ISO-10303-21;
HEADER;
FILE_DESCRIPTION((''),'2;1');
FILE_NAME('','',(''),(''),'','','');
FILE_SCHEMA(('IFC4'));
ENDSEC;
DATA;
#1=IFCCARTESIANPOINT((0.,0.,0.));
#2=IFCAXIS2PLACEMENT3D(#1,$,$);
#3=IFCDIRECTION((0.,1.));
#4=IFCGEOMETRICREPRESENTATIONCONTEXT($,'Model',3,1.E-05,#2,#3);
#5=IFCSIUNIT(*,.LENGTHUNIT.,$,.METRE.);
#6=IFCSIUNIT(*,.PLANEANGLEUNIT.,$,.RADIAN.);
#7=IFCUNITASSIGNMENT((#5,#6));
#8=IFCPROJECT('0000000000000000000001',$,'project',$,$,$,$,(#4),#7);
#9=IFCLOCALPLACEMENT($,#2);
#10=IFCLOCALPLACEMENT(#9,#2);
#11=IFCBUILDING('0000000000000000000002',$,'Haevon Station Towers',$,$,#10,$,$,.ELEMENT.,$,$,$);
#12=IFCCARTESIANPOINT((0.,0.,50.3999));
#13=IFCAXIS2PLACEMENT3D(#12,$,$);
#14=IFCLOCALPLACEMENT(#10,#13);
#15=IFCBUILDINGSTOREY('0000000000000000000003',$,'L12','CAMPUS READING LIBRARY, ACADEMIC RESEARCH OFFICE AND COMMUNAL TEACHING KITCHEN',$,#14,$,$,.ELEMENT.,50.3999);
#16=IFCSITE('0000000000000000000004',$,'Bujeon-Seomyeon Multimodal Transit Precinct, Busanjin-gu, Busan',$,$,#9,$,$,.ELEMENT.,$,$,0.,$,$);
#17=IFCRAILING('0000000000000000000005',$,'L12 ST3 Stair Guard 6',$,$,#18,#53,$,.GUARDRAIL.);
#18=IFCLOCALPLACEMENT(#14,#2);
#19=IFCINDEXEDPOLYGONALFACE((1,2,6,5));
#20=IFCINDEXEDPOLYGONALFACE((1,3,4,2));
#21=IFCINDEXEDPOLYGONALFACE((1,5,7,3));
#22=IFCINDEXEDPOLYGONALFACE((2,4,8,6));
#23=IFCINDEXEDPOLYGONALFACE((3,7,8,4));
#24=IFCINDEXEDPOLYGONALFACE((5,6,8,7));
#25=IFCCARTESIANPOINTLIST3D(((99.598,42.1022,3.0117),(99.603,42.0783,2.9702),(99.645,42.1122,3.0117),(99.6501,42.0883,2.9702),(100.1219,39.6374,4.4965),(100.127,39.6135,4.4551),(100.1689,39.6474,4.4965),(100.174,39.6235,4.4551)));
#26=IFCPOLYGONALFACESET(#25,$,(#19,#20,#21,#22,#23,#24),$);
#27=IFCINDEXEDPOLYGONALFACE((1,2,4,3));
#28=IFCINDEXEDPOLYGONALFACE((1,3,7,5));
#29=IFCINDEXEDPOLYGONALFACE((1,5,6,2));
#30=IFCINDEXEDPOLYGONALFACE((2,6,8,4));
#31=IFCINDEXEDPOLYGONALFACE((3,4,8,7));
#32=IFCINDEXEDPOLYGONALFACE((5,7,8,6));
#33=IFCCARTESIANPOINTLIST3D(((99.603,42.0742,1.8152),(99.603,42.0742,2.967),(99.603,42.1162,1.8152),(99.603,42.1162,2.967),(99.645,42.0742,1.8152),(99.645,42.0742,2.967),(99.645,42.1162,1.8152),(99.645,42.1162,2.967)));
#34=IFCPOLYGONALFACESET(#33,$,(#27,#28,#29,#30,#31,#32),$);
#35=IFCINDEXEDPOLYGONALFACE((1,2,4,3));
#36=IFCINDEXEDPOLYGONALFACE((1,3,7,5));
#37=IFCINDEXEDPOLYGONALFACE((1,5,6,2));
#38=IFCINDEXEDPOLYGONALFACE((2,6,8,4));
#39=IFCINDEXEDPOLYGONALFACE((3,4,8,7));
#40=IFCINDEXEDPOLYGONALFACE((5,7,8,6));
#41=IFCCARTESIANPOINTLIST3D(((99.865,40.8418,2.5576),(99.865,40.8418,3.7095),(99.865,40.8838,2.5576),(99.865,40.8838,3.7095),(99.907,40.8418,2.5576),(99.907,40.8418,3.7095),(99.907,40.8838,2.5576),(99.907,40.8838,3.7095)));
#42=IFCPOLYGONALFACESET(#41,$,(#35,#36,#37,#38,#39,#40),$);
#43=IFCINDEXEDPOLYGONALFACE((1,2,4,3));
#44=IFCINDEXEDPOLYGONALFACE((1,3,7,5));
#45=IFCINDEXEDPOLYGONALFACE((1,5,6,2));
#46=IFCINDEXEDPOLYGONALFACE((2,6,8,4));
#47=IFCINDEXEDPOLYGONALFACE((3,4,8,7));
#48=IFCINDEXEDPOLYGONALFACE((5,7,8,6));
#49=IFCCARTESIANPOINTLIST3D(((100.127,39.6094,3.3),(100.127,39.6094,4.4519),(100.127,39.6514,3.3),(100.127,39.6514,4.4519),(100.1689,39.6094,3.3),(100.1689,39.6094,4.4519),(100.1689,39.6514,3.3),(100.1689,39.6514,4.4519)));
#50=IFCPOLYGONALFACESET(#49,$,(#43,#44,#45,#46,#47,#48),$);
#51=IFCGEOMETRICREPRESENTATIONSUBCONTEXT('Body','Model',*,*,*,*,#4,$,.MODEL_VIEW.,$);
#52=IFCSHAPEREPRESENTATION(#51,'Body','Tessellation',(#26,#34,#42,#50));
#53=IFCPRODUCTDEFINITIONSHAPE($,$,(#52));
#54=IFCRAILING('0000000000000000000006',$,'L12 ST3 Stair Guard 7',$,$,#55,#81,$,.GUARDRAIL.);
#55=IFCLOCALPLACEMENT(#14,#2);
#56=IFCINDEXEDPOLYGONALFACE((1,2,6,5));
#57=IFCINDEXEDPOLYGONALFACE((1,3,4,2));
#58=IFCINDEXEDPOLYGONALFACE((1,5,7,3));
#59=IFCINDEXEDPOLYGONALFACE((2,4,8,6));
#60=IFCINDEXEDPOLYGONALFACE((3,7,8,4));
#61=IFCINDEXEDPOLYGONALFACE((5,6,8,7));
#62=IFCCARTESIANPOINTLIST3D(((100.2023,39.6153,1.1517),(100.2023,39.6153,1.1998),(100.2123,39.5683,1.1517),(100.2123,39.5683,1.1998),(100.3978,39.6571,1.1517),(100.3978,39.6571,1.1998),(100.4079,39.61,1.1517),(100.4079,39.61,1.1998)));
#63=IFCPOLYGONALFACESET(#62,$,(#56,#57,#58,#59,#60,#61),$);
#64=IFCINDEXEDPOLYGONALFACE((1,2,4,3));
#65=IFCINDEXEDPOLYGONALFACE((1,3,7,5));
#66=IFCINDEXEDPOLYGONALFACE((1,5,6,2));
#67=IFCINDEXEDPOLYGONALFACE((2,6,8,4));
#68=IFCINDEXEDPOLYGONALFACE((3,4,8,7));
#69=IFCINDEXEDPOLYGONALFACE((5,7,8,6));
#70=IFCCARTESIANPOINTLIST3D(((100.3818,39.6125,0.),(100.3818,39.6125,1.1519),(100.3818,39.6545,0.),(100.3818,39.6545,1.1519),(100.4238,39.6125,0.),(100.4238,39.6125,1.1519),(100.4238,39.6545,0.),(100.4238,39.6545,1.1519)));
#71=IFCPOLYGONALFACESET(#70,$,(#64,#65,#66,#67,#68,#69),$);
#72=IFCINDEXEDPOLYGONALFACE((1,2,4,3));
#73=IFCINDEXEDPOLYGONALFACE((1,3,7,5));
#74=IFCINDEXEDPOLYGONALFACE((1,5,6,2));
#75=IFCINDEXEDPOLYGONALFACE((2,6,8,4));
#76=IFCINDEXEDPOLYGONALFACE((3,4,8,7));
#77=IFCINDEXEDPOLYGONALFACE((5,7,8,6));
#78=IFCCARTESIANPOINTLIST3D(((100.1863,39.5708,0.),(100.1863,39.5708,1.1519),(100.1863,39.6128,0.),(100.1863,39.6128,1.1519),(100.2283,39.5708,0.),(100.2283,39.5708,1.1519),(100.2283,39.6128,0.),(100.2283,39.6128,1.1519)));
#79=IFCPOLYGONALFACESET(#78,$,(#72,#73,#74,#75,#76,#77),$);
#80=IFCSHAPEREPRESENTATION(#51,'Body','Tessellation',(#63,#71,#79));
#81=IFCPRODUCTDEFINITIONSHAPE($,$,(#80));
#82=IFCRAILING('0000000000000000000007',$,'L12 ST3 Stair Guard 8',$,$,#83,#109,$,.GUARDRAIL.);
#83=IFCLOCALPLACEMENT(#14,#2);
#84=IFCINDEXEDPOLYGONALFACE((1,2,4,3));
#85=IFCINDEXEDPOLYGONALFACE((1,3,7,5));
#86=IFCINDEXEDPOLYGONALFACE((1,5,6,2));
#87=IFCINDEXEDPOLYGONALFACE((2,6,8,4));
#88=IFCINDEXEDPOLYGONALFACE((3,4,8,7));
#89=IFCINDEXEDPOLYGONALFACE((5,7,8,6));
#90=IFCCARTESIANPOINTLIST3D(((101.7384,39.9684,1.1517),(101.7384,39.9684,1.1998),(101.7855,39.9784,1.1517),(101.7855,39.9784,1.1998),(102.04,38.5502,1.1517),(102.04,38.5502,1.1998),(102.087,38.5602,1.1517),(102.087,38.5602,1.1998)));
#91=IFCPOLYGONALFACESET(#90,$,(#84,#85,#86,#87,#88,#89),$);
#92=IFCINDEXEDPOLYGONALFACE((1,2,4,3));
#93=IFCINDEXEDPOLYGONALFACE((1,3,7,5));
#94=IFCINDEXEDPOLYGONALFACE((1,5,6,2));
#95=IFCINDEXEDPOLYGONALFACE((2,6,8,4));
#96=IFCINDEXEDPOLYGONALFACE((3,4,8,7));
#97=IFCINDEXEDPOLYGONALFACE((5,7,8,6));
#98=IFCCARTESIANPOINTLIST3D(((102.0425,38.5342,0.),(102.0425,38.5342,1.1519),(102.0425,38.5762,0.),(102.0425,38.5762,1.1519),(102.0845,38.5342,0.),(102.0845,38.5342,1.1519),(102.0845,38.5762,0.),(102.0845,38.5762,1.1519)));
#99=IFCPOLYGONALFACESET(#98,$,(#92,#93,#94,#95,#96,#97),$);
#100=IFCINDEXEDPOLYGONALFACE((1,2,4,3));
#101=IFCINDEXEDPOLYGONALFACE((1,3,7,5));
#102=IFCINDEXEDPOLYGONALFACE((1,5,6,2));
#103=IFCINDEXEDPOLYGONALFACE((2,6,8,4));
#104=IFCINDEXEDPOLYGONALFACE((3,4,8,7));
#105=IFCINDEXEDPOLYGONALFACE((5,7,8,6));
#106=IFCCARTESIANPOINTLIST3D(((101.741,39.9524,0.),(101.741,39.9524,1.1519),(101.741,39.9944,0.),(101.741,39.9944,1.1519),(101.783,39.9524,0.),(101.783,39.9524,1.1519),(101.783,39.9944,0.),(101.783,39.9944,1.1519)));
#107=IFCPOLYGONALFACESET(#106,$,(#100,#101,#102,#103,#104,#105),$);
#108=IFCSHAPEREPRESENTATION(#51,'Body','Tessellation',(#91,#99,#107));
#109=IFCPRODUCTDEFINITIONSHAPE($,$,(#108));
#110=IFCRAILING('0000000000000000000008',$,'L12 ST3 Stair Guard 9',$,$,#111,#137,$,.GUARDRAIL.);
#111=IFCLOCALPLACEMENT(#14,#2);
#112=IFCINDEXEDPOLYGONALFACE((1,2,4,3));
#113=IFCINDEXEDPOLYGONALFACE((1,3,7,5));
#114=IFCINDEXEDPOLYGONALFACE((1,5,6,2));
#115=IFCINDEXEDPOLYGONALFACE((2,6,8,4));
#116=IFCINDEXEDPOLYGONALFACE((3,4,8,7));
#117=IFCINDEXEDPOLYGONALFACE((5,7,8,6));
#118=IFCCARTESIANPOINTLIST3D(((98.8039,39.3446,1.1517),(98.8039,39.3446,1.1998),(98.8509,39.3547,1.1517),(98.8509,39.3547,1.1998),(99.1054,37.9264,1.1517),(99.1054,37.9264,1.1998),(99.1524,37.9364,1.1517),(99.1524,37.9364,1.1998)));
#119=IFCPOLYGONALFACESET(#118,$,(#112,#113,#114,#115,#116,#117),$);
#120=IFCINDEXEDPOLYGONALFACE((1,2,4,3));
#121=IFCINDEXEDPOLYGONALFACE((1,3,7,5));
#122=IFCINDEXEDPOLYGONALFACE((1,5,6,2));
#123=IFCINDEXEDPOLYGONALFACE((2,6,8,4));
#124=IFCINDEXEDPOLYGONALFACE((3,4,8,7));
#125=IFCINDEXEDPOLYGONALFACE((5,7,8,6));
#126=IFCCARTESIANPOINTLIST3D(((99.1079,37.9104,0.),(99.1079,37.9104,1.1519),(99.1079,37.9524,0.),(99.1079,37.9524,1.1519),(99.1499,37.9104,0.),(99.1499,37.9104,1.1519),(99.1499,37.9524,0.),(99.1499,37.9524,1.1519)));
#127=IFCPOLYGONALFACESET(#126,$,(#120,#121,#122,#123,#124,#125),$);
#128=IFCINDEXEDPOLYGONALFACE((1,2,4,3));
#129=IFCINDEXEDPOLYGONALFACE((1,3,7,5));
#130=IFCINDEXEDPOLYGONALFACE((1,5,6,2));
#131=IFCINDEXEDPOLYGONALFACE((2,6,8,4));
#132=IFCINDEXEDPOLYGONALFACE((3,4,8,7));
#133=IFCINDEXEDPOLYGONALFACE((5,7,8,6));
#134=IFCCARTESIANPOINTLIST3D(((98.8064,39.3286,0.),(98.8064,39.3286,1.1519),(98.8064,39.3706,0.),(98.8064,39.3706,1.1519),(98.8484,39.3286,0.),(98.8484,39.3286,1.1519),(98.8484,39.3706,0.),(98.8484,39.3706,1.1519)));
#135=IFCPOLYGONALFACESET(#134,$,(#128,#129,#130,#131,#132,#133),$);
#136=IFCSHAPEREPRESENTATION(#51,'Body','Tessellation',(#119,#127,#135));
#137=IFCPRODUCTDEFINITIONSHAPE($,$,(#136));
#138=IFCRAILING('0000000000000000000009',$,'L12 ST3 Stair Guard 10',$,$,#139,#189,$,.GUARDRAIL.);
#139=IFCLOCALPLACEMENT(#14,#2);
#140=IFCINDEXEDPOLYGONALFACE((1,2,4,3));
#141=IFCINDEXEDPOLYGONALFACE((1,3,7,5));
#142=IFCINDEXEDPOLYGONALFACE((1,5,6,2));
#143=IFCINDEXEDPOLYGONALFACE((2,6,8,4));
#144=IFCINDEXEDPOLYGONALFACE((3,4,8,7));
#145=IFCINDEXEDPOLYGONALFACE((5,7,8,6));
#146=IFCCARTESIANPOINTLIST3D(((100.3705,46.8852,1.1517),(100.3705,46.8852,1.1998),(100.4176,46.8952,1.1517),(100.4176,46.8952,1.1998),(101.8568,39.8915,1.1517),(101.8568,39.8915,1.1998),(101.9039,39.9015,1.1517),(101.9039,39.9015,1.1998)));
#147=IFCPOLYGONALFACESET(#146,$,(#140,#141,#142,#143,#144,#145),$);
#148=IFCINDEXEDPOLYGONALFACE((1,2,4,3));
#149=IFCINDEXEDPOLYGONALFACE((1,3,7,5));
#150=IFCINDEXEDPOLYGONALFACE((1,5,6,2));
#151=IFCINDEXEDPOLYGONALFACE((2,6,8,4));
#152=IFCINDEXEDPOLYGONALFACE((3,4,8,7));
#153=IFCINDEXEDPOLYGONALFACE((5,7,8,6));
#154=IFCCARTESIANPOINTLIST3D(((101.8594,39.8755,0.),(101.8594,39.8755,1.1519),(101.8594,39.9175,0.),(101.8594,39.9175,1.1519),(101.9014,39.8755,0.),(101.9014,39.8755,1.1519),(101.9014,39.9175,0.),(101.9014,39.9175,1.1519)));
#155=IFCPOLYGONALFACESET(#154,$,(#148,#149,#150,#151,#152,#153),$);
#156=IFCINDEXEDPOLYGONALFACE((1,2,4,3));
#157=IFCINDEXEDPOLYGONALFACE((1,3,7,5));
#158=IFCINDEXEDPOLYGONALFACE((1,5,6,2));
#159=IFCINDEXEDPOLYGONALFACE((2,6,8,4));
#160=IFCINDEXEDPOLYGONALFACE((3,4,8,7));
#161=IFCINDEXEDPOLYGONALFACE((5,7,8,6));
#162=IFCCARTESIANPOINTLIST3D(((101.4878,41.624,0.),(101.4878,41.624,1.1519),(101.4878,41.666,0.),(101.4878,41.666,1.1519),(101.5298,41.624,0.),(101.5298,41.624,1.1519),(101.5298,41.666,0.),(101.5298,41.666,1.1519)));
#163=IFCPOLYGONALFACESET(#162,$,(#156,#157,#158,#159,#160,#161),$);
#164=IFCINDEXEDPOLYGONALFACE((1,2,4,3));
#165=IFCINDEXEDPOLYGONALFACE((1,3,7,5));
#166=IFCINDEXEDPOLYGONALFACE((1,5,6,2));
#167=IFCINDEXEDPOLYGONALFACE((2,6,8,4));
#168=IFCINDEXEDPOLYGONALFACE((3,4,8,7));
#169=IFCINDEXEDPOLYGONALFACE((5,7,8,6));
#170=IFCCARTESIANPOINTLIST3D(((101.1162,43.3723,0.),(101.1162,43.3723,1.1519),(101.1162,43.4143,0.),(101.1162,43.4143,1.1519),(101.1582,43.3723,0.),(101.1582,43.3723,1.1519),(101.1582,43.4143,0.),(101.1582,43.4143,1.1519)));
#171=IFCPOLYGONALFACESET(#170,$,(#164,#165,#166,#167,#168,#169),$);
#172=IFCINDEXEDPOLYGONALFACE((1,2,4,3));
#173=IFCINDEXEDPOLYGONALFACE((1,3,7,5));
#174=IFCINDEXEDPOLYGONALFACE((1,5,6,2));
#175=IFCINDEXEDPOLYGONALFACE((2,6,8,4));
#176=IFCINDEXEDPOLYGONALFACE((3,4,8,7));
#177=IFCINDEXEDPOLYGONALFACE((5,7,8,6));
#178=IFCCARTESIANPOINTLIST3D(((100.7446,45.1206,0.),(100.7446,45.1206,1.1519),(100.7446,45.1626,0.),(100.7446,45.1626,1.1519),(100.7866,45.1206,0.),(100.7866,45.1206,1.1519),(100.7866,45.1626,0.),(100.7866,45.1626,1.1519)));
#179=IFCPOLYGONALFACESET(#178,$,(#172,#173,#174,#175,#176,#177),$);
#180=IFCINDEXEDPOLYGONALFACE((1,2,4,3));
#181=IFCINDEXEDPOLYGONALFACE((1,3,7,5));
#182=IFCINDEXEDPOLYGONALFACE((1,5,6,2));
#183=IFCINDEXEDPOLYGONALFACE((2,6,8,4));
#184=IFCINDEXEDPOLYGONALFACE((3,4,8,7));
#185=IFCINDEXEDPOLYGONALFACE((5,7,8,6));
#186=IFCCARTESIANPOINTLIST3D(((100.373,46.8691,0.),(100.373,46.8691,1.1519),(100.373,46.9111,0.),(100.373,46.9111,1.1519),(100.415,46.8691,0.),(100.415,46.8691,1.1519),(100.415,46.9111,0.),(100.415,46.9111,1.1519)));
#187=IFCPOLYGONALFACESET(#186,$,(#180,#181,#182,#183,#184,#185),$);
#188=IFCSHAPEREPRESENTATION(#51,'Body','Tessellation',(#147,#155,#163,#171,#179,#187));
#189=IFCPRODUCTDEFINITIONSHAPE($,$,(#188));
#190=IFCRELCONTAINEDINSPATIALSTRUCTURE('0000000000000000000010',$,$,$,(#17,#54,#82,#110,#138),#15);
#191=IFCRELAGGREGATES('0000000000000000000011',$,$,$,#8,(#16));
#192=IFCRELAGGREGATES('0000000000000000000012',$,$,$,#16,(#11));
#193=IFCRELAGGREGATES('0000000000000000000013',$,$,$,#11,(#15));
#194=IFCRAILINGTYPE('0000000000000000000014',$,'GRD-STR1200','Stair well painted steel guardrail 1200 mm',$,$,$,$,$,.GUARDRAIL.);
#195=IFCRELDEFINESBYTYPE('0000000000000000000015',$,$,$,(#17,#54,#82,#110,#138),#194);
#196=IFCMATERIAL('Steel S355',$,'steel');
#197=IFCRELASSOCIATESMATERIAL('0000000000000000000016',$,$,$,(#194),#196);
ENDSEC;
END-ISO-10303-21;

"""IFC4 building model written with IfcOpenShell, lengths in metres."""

from ifc_helpers import new_model, si_unit, direction, frame, origin, origin_2d, place, context, subcontext, project, spatial, rectangle, extrude, material, type_object, element, save


model = new_model("IFC4")

# Units and contexts
model_context = context("Model", 3, precision=1e-05, world=origin(), true_north=direction((0.0, 1.0)))
body_context = subcontext(model_context, "Body", "Model", "MODEL_VIEW")
ifc_project = project(units=[si_unit("LENGTHUNIT", "METRE"), si_unit("PLANEANGLEUNIT", "RADIAN")], contexts=[model_context])

# Site, building, storey
site_placement = place(None, origin())
site = spatial("IfcSite", under=ifc_project, at=site_placement, Name="Bujeon-Seomyeon Multimodal Transit Precinct, Busanjin-gu, Busan", CompositionType="ELEMENT", RefElevation=0.0)
building_placement = place(site_placement, origin())
building = spatial("IfcBuilding", under=site, at=building_placement, Name="Haevon Station Towers", CompositionType="ELEMENT")
storey_placement = place(building_placement, frame((0.0, 0.0, 50.3999)))
storey = spatial("IfcBuildingStorey", under=building, at=storey_placement, Name="L12", Description="CAMPUS READING LIBRARY, ACADEMIC RESEARCH OFFICE AND COMMUNAL TEACHING KITCHEN", CompositionType="ELEMENT", Elevation=50.3999)

# Shared definitions
ifc_material_1 = material(Name="Steel S355", Category="steel")

# Railings
railing_type_1 = type_object("IfcRailingType", Name="GRD-STR1200", Description="Stair well painted steel guardrail 1200 mm", PredefinedType="GUARDRAIL", material=ifc_material_1)
railing_1_placement = place(storey_placement, frame((99.624, 42.0952, 1.8152)))
element("IfcRailing", 1, at=railing_1_placement, inside=storey, type_object=railing_type_1, Name="L12 ST3 Stair Guard 6", PredefinedType="GUARDRAIL", context=body_context, shape_type="SweptSolid", body=[
    extrude(rectangle(XDim=0.0481, YDim=0.0481, at=origin_2d()), frame((0.0, 0.0, 1.1758), z_axis=(0.179129, -0.842724, 0.507671), x_axis=(0.978147, 0.207914, 0.0)), (0.0, 0.0, 1.0), 2.9248),
    extrude(rectangle(XDim=0.042, YDim=0.042, at=origin_2d()), origin(), (0.0, 0.0, 1.0), 1.1519),
    extrude(rectangle(XDim=0.042, YDim=0.042, at=origin_2d()), frame((0.262, -1.2324, 0.7424)), (0.0, 0.0, 1.0), 1.1519),
    extrude(rectangle(XDim=0.042, YDim=0.042, at=origin_2d()), frame((0.5239, -2.4648, 1.4849)), (0.0, 0.0, 1.0), 1.1519),
])
railing_2_placement = place(storey_placement, frame((100.4028, 39.6335, 0.0)))
element("IfcRailing", 2, at=railing_2_placement, inside=storey, type_object=railing_type_1, Name="L12 ST3 Stair Guard 7", PredefinedType="GUARDRAIL", context=body_context, shape_type="SweptSolid", body=[
    extrude(rectangle(XDim=0.0481, YDim=0.0481, at=origin_2d()), frame((0.0, 0.0, 1.1758), z_axis=(-0.977963, -0.208779, 0.0), x_axis=(0.208779, -0.977963, 0.0)), (0.0, 0.0, 1.0), 0.2),
    extrude(rectangle(XDim=0.042, YDim=0.042, at=origin_2d()), origin(), (0.0, 0.0, 1.0), 1.1519),
    extrude(rectangle(XDim=0.042, YDim=0.042, at=origin_2d()), frame((-0.1956, -0.0417, 0.0)), (0.0, 0.0, 1.0), 1.1519),
])
for number, where, name in (
    (3, (102.0635, 38.5552, 0.0), "L12 ST3 Stair Guard 8"),
    (4, (99.1289, 37.9314, 0.0), "L12 ST3 Stair Guard 9"),
):
    element("IfcRailing", number, at=place(storey_placement, frame(where)), inside=storey, type_object=railing_type_1, Name=name, PredefinedType="GUARDRAIL", context=body_context, shape_type="SweptSolid", body=[
        extrude(rectangle(XDim=0.0481, YDim=0.0481, at=origin_2d()), frame((0.0, 0.0, 1.1758), z_axis=(-0.207953, 0.978139, 0.0), x_axis=(-0.978139, -0.207953, 0.0)), (0.0, 0.0, 1.0), 1.45),
        extrude(rectangle(XDim=0.042, YDim=0.042, at=origin_2d()), origin(), (0.0, 0.0, 1.0), 1.1519),
        extrude(rectangle(XDim=0.042, YDim=0.042, at=origin_2d()), frame((-0.3015, 1.4182, 0.0)), (0.0, 0.0, 1.0), 1.1519),
    ])
railing_3_placement = place(storey_placement, frame((101.8804, 39.8965, 0.0)))
element("IfcRailing", 5, at=railing_3_placement, inside=storey, type_object=railing_type_1, Name="L12 ST3 Stair Guard 10", PredefinedType="GUARDRAIL", context=body_context, shape_type="SweptSolid", body=[
    extrude(rectangle(XDim=0.0481, YDim=0.0481, at=origin_2d()), frame((0.0, 0.0, 1.1758), z_axis=(-0.207882, 0.978154, 0.0), x_axis=(-0.978154, -0.207882, 0.0)), (0.0, 0.0, 1.0), 7.1499),
    extrude(rectangle(XDim=0.042, YDim=0.042, at=origin_2d()), origin(), (0.0, 0.0, 1.0), 1.1519),
    extrude(rectangle(XDim=0.042, YDim=0.042, at=origin_2d()), frame((-0.3716, 1.7485, 0.0)), (0.0, 0.0, 1.0), 1.1519),
    extrude(rectangle(XDim=0.042, YDim=0.042, at=origin_2d()), frame((-0.7432, 3.4968, 0.0)), (0.0, 0.0, 1.0), 1.1519),
    extrude(rectangle(XDim=0.042, YDim=0.042, at=origin_2d()), frame((-1.1147, 5.2451, 0.0)), (0.0, 0.0, 1.0), 1.1519),
    extrude(rectangle(XDim=0.042, YDim=0.042, at=origin_2d()), frame((-1.4863, 6.9937, 0.0)), (0.0, 0.0, 1.0), 1.1519),
])

save(model, "model.ifc")
